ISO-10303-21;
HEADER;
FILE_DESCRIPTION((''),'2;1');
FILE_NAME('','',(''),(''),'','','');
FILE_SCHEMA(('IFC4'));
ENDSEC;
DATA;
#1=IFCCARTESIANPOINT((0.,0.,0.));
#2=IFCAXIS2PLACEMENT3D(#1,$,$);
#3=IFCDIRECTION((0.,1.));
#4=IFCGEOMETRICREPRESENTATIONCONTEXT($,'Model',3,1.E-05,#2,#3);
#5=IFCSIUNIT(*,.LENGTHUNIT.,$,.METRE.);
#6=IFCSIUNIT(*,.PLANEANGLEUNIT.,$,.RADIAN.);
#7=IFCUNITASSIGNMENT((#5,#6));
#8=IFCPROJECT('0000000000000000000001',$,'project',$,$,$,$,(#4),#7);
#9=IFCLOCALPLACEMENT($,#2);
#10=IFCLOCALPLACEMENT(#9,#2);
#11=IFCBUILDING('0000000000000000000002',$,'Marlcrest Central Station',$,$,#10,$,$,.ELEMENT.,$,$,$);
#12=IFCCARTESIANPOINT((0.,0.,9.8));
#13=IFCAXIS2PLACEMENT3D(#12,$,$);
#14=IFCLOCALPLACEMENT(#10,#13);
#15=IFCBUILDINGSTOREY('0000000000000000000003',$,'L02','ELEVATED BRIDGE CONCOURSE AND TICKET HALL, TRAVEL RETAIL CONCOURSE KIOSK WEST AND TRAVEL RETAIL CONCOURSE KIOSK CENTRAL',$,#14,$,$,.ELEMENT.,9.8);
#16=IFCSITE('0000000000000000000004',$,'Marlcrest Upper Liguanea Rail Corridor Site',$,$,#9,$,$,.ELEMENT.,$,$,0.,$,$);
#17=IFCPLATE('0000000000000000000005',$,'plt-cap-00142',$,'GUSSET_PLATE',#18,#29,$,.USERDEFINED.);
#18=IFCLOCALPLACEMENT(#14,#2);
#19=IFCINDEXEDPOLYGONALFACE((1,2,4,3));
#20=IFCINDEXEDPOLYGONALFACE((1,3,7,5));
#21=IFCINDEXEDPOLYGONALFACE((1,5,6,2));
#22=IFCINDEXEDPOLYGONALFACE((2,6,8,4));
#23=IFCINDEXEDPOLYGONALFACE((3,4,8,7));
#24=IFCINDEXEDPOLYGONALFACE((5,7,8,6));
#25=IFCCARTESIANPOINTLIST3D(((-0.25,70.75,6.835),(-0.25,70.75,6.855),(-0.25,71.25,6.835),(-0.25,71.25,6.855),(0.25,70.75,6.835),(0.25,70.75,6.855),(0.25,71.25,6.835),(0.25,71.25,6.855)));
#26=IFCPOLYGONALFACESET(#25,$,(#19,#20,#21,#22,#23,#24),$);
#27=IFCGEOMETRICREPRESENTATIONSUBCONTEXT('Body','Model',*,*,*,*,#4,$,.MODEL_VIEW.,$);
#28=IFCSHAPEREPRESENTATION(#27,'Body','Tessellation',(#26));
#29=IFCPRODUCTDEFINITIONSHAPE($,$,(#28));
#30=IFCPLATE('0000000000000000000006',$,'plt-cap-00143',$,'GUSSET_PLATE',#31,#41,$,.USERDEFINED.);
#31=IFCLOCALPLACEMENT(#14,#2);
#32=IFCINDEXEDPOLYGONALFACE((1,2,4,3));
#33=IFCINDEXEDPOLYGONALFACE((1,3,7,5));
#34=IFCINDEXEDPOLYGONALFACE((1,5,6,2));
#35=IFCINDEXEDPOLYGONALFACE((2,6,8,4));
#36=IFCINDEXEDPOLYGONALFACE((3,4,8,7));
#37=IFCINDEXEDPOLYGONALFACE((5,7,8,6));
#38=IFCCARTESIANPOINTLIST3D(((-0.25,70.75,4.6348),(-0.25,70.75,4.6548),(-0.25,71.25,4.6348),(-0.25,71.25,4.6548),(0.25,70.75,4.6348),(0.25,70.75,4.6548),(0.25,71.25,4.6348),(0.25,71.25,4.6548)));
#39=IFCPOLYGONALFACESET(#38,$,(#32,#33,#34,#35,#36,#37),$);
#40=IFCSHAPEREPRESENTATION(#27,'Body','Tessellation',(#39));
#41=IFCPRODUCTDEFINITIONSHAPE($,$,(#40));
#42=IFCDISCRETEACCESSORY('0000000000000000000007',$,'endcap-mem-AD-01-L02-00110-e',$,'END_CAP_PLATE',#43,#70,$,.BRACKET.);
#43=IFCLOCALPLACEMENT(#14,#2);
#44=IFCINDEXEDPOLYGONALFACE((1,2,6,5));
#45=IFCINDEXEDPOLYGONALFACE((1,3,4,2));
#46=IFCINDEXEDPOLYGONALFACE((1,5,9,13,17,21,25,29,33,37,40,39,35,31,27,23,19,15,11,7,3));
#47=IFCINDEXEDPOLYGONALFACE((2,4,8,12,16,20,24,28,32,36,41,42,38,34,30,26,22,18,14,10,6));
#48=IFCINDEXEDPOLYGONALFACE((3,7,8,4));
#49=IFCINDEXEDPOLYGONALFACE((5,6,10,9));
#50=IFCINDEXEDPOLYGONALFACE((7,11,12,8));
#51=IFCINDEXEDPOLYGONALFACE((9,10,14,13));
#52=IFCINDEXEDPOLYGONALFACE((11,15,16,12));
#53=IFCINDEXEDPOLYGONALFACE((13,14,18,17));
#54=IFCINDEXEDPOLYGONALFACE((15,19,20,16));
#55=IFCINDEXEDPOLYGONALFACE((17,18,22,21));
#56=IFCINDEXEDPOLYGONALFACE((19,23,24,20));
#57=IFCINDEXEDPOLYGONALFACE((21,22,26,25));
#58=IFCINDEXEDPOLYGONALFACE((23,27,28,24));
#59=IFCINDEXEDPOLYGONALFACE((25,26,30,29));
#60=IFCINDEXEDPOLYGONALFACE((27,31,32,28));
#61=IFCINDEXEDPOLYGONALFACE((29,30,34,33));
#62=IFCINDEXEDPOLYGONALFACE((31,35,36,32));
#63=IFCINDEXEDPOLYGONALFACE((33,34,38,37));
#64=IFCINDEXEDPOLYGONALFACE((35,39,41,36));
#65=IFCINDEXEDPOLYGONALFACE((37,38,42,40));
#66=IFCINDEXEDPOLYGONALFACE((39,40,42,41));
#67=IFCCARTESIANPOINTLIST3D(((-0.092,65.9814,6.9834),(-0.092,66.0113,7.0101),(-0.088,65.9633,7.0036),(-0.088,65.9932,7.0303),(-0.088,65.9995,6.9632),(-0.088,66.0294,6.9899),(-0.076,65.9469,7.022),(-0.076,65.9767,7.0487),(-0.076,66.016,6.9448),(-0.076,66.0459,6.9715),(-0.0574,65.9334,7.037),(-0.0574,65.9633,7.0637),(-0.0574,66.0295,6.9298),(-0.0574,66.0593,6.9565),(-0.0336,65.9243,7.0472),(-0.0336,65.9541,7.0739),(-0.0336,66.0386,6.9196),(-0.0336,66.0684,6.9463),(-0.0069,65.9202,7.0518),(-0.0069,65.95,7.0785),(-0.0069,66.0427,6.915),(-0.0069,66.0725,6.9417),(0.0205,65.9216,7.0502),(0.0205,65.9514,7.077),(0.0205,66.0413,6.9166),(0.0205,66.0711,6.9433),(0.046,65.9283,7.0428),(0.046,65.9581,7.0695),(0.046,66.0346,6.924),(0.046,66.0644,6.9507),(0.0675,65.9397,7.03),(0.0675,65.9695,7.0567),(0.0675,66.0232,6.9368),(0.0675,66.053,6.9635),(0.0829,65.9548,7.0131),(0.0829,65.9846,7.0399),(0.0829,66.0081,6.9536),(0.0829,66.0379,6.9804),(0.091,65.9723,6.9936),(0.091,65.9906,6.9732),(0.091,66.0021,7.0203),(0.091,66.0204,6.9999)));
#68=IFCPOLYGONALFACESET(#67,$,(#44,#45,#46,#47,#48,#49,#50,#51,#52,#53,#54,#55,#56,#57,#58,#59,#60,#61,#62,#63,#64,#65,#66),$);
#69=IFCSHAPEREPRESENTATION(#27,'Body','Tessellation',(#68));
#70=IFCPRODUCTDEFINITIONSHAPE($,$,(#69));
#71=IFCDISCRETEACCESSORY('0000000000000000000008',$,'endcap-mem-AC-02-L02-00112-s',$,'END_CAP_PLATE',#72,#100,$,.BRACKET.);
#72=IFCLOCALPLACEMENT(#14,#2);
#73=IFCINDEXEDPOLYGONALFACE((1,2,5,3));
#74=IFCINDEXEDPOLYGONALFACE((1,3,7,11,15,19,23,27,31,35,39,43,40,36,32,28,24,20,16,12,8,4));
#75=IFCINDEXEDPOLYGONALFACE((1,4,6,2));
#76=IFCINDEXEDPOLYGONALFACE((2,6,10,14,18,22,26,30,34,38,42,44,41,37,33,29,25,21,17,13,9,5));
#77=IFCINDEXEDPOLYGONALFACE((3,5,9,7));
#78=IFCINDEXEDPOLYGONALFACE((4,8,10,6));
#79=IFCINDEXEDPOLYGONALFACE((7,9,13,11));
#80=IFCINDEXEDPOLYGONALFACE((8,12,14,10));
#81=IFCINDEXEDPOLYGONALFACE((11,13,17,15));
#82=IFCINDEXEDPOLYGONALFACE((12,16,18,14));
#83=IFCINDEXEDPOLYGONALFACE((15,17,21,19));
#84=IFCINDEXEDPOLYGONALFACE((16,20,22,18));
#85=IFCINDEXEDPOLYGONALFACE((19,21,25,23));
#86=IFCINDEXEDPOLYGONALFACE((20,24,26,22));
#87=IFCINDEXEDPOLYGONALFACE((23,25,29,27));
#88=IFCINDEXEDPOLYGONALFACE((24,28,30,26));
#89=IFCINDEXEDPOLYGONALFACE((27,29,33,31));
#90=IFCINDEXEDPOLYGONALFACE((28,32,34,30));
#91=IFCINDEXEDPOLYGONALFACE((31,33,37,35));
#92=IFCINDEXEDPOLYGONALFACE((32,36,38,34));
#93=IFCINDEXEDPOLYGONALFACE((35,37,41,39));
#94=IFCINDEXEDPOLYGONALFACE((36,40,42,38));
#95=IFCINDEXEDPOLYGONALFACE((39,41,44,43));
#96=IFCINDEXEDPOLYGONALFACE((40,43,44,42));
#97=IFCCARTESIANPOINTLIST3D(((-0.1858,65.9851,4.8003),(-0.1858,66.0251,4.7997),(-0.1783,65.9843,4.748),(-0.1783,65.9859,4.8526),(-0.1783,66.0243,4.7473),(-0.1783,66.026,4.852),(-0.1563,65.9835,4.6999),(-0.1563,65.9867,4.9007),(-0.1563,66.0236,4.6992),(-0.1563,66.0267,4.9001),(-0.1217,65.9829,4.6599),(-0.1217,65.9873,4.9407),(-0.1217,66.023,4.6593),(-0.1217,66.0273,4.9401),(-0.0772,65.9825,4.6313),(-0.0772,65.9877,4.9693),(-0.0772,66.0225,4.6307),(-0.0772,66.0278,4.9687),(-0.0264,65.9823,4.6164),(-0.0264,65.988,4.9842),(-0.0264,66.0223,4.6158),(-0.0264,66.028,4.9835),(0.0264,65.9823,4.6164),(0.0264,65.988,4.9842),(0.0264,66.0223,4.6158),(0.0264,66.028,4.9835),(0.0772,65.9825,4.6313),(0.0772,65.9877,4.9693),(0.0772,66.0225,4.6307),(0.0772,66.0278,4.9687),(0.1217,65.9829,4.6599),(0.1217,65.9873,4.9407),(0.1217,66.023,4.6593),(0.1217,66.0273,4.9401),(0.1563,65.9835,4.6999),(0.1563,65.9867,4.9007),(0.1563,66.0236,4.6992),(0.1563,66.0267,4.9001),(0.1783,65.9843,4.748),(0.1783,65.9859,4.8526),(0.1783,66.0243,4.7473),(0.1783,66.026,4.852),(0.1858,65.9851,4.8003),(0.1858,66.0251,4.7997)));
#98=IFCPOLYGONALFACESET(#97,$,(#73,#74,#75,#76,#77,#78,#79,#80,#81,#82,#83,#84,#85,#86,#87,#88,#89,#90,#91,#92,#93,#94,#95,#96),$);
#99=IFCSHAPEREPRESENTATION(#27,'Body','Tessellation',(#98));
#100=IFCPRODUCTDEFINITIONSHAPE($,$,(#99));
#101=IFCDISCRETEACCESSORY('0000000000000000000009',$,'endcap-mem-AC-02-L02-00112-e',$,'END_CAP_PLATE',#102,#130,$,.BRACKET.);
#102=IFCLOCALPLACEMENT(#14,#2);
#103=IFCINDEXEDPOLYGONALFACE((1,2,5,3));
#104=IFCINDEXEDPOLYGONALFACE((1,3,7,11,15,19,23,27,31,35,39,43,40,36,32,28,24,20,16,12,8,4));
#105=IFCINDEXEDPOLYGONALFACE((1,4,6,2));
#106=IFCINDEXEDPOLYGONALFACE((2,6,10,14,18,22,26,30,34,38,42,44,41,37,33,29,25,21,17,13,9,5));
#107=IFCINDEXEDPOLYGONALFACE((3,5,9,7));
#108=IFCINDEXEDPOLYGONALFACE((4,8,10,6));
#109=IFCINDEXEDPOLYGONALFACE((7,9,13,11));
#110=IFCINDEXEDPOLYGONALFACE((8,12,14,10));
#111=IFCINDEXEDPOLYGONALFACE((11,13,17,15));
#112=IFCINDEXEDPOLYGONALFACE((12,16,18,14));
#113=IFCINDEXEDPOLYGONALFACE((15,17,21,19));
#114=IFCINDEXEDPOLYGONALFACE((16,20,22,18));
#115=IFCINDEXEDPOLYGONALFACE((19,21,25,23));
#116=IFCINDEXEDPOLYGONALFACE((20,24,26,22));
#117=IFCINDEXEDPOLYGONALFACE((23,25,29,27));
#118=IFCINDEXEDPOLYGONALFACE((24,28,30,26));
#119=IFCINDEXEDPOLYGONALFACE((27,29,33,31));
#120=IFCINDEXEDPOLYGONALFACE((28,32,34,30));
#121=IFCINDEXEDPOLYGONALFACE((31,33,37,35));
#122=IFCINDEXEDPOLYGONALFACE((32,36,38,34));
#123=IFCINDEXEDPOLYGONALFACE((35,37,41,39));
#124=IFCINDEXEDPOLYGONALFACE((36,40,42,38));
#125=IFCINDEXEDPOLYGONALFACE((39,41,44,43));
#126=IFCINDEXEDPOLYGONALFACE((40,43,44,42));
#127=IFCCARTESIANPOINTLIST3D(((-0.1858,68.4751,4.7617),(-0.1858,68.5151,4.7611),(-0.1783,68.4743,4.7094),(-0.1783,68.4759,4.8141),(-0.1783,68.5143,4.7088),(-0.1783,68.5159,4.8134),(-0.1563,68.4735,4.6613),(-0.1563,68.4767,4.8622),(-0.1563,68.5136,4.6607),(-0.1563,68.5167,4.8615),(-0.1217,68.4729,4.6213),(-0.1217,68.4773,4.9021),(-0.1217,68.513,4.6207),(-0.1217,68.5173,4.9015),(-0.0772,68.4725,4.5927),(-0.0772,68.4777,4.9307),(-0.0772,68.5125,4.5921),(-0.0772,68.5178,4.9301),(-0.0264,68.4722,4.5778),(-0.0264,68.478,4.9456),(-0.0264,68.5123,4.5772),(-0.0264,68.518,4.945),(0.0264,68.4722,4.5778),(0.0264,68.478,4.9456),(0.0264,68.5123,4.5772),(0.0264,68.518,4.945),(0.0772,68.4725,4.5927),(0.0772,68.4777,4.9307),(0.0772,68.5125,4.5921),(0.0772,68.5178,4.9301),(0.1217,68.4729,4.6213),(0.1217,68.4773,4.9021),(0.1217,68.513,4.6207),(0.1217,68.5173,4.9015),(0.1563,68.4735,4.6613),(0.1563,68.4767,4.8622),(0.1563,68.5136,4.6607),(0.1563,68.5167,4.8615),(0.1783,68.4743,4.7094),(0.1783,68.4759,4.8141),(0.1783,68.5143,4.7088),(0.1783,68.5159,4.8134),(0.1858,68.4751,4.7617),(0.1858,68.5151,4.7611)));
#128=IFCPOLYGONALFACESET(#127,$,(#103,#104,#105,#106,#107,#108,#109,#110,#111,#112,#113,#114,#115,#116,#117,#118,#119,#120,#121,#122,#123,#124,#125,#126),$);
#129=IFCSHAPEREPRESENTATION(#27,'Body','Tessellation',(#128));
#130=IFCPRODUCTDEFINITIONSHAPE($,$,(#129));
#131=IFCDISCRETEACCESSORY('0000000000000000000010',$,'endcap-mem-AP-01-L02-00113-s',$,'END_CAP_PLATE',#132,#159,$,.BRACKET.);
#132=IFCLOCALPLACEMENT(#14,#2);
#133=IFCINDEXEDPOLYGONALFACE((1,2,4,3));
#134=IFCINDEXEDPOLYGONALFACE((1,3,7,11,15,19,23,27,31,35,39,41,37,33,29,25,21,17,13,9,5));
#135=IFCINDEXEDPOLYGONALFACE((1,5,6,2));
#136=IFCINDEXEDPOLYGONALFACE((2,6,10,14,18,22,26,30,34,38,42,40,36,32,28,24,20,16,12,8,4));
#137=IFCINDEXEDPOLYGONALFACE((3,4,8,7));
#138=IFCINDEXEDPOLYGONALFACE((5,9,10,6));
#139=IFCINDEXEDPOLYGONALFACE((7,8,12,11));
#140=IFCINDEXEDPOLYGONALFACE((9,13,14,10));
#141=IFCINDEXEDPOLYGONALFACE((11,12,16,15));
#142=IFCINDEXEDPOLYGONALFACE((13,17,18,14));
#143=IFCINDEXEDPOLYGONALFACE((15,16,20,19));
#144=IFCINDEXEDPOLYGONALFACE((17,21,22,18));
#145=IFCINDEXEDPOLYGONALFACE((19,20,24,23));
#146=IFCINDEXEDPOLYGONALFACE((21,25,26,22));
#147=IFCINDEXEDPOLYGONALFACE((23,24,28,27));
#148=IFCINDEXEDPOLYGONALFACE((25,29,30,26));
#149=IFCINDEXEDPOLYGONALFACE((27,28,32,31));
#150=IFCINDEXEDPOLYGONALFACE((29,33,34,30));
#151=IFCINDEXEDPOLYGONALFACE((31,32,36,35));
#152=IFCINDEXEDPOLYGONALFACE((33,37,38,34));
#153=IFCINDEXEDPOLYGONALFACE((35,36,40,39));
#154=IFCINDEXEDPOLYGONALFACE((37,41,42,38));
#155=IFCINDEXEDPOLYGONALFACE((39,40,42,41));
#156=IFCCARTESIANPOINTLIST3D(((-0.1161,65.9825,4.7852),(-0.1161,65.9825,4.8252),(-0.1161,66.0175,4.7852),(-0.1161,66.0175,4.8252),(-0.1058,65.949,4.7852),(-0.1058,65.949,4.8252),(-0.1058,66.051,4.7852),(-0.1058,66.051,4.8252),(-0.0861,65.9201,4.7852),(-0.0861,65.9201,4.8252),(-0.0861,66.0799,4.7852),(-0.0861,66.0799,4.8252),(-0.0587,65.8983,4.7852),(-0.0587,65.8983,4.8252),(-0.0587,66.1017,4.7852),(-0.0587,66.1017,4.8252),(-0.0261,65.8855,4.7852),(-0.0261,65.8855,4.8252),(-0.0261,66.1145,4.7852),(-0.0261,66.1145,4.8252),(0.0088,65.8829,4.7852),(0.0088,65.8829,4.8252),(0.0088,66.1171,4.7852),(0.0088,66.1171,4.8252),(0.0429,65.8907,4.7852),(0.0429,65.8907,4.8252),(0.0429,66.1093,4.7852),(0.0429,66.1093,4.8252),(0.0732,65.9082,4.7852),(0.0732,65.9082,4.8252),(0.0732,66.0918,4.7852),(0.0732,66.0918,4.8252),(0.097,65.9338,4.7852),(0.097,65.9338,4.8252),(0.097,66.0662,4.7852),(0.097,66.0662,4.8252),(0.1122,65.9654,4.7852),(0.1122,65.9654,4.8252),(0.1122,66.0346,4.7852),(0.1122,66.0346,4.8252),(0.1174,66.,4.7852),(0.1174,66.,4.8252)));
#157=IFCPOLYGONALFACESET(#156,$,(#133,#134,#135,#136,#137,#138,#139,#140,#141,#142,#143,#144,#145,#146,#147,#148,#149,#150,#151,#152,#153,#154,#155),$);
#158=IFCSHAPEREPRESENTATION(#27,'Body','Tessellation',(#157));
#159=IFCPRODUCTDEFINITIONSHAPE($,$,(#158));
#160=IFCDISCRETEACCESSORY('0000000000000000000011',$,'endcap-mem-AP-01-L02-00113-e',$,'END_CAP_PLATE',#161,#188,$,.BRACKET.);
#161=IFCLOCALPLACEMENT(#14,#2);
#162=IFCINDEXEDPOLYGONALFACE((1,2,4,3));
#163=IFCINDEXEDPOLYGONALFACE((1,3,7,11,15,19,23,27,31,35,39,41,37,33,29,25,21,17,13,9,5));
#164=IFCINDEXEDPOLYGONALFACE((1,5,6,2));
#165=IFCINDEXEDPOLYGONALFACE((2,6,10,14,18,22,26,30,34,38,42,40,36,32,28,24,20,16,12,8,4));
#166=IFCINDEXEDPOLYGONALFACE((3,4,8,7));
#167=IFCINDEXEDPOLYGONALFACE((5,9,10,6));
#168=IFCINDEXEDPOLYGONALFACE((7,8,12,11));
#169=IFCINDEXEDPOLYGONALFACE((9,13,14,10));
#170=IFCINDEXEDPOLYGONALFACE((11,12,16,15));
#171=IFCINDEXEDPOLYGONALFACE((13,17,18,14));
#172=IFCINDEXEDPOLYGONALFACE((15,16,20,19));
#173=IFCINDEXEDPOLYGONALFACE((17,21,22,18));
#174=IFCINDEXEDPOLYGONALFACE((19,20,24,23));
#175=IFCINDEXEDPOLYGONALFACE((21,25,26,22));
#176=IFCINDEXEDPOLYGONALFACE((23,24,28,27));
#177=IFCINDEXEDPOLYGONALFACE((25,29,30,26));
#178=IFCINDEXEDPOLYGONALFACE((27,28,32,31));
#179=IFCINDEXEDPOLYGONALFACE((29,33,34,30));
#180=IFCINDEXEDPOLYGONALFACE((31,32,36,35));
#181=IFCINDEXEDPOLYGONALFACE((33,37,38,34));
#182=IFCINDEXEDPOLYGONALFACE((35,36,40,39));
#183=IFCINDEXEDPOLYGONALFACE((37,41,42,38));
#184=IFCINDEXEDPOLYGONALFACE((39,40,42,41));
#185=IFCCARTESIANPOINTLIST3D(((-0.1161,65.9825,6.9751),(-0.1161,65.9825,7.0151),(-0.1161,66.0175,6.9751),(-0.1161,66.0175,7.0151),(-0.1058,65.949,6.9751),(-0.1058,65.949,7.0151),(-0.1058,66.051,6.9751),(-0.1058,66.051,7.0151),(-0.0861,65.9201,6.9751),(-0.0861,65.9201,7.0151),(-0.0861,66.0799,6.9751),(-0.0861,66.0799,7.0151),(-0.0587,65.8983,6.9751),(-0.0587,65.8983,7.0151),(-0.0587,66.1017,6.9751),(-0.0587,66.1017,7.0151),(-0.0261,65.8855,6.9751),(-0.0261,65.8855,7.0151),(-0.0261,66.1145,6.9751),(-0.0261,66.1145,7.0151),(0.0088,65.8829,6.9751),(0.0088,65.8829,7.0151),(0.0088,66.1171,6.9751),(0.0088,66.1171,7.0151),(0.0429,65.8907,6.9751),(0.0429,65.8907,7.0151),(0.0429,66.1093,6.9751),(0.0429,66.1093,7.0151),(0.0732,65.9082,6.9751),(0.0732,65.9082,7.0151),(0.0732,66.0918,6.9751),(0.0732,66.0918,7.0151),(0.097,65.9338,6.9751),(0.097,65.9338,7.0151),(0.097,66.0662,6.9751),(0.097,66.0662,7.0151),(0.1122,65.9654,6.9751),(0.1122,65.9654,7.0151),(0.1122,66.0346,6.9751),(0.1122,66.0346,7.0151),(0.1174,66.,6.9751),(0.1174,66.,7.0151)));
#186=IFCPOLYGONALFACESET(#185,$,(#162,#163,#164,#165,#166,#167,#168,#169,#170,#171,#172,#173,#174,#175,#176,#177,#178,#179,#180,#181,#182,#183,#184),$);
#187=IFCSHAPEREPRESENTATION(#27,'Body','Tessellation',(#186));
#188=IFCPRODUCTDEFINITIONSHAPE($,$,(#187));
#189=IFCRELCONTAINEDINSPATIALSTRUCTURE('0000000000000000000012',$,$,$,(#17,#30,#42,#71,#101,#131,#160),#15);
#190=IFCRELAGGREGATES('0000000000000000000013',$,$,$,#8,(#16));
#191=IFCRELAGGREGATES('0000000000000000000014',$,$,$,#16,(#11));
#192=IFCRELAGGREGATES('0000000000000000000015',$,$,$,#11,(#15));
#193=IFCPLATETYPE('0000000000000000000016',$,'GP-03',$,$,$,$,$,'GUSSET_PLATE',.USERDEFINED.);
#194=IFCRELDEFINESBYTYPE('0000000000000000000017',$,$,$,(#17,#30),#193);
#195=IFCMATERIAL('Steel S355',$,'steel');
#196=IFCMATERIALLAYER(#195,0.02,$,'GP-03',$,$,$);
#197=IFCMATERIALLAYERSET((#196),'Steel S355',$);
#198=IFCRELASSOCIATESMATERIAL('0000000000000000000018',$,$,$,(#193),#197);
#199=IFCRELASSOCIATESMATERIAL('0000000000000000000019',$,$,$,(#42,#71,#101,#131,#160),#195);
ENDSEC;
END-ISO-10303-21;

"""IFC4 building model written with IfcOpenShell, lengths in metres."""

from ifc_helpers import new_model, si_unit, direction, frame, origin, origin_2d, place, context, subcontext, project, spatial, rectangle, circle, extrude, material, layer, layer_set, type_object, element, save


model = new_model("IFC4")

# Units and contexts
model_context = context("Model", 3, precision=1e-05, world=origin(), true_north=direction((0.0, 1.0)))
body_context = subcontext(model_context, "Body", "Model", "MODEL_VIEW")
ifc_project = project(units=[si_unit("LENGTHUNIT", "METRE"), si_unit("PLANEANGLEUNIT", "RADIAN")], contexts=[model_context])

# Site, building, storey
site_placement = place(None, origin())
site = spatial("IfcSite", under=ifc_project, at=site_placement, Name="Marlcrest Upper Liguanea Rail Corridor Site", CompositionType="ELEMENT", RefElevation=0.0)
building_placement = place(site_placement, origin())
building = spatial("IfcBuilding", under=site, at=building_placement, Name="Marlcrest Central Station", CompositionType="ELEMENT")
storey_placement = place(building_placement, frame((0.0, 0.0, 9.8)))
storey = spatial("IfcBuildingStorey", under=building, at=storey_placement, Name="L02", Description="ELEVATED BRIDGE CONCOURSE AND TICKET HALL, TRAVEL RETAIL CONCOURSE KIOSK WEST AND TRAVEL RETAIL CONCOURSE KIOSK CENTRAL", CompositionType="ELEMENT", Elevation=9.8)

# Shared definitions
ifc_material = material(Name="Steel S355", Category="steel")

# Plates
ifc_layer = layer(ifc_material, 0.02, Name="GP-03")
ifc_layer_set = layer_set([ifc_layer], Name="Steel S355")
plate_type = type_object("IfcPlateType", Name="GP-03", ElementType="GUSSET_PLATE", PredefinedType="USERDEFINED", material=ifc_layer_set)
for number, where, z_axis, x_axis, name in (
    (1, (0.0, 71.0, 6.835), (0.0, 0.0, 1.0), (1.0, 0.0, 0.0), "plt-cap-00142"),
    (2, (0.0, 71.0, 4.6348), (0.0, 0.0, 1.0), (1.0, 0.0, 0.0), "plt-cap-00143"),
):
    element("IfcPlate", number, at=place(storey_placement, frame(where, z_axis=z_axis, x_axis=x_axis)), inside=storey, type_object=plate_type, Name=name, ObjectType="GUSSET_PLATE", PredefinedType="USERDEFINED", context=body_context, shape_type="SweptSolid", body=[
        extrude(rectangle(XDim=0.5, YDim=0.5, at=origin_2d()), origin(), (0.0, 0.0, 1.0), 0.02),
    ])

# Discrete accessories
discrete_accessory_1_placement = place(storey_placement, frame((0.0, 65.9814, 6.9834), z_axis=(0.0, 0.744956, 0.667114), x_axis=(-1.0, 0.0, 0.0)))
element("IfcDiscreteAccessory", 3, at=discrete_accessory_1_placement, inside=storey, material=ifc_material, Name="endcap-mem-AD-01-L02-00110-e", ObjectType="END_CAP_PLATE", PredefinedType="BRACKET", context=body_context, shape_type="SweptSolid", body=[
    extrude(circle(Radius=0.092, at=origin_2d()), origin(), (0.0, 0.0, 1.0), 0.04),
])
for number, where, z_axis, x_axis, name in (
    (4, (0.0, 65.9851, 4.8003), (0.0, 0.999879, -0.015525), (-1.0, 0.0, 0.0), "endcap-mem-AC-02-L02-00112-s"),
    (5, (0.0, 68.4751, 4.7617), (0.0, 0.999879, -0.015525), (-1.0, 0.0, 0.0), "endcap-mem-AC-02-L02-00112-e"),
):
    element("IfcDiscreteAccessory", number, at=place(storey_placement, frame(where, z_axis=z_axis, x_axis=x_axis)), inside=storey, material=ifc_material, Name=name, ObjectType="END_CAP_PLATE", PredefinedType="BRACKET", context=body_context, shape_type="SweptSolid", body=[
        extrude(circle(Radius=0.1858, at=origin_2d()), origin(), (0.0, 0.0, 1.0), 0.04),
    ])
for number, where, z_axis, x_axis, name in (
    (6, (0.0, 66.0, 4.7852), (0.0, 0.0, 1.0), (1.0, 0.0, 0.0), "endcap-mem-AP-01-L02-00113-s"),
    (7, (0.0, 66.0, 6.9751), (0.0, 0.0, 1.0), (1.0, 0.0, 0.0), "endcap-mem-AP-01-L02-00113-e"),
):
    element("IfcDiscreteAccessory", number, at=place(storey_placement, frame(where, z_axis=z_axis, x_axis=x_axis)), inside=storey, material=ifc_material, Name=name, ObjectType="END_CAP_PLATE", PredefinedType="BRACKET", context=body_context, shape_type="SweptSolid", body=[
        extrude(circle(Radius=0.1174, at=origin_2d()), origin(), (0.0, 0.0, 1.0), 0.04),
    ])

save(model, "model.ifc")
